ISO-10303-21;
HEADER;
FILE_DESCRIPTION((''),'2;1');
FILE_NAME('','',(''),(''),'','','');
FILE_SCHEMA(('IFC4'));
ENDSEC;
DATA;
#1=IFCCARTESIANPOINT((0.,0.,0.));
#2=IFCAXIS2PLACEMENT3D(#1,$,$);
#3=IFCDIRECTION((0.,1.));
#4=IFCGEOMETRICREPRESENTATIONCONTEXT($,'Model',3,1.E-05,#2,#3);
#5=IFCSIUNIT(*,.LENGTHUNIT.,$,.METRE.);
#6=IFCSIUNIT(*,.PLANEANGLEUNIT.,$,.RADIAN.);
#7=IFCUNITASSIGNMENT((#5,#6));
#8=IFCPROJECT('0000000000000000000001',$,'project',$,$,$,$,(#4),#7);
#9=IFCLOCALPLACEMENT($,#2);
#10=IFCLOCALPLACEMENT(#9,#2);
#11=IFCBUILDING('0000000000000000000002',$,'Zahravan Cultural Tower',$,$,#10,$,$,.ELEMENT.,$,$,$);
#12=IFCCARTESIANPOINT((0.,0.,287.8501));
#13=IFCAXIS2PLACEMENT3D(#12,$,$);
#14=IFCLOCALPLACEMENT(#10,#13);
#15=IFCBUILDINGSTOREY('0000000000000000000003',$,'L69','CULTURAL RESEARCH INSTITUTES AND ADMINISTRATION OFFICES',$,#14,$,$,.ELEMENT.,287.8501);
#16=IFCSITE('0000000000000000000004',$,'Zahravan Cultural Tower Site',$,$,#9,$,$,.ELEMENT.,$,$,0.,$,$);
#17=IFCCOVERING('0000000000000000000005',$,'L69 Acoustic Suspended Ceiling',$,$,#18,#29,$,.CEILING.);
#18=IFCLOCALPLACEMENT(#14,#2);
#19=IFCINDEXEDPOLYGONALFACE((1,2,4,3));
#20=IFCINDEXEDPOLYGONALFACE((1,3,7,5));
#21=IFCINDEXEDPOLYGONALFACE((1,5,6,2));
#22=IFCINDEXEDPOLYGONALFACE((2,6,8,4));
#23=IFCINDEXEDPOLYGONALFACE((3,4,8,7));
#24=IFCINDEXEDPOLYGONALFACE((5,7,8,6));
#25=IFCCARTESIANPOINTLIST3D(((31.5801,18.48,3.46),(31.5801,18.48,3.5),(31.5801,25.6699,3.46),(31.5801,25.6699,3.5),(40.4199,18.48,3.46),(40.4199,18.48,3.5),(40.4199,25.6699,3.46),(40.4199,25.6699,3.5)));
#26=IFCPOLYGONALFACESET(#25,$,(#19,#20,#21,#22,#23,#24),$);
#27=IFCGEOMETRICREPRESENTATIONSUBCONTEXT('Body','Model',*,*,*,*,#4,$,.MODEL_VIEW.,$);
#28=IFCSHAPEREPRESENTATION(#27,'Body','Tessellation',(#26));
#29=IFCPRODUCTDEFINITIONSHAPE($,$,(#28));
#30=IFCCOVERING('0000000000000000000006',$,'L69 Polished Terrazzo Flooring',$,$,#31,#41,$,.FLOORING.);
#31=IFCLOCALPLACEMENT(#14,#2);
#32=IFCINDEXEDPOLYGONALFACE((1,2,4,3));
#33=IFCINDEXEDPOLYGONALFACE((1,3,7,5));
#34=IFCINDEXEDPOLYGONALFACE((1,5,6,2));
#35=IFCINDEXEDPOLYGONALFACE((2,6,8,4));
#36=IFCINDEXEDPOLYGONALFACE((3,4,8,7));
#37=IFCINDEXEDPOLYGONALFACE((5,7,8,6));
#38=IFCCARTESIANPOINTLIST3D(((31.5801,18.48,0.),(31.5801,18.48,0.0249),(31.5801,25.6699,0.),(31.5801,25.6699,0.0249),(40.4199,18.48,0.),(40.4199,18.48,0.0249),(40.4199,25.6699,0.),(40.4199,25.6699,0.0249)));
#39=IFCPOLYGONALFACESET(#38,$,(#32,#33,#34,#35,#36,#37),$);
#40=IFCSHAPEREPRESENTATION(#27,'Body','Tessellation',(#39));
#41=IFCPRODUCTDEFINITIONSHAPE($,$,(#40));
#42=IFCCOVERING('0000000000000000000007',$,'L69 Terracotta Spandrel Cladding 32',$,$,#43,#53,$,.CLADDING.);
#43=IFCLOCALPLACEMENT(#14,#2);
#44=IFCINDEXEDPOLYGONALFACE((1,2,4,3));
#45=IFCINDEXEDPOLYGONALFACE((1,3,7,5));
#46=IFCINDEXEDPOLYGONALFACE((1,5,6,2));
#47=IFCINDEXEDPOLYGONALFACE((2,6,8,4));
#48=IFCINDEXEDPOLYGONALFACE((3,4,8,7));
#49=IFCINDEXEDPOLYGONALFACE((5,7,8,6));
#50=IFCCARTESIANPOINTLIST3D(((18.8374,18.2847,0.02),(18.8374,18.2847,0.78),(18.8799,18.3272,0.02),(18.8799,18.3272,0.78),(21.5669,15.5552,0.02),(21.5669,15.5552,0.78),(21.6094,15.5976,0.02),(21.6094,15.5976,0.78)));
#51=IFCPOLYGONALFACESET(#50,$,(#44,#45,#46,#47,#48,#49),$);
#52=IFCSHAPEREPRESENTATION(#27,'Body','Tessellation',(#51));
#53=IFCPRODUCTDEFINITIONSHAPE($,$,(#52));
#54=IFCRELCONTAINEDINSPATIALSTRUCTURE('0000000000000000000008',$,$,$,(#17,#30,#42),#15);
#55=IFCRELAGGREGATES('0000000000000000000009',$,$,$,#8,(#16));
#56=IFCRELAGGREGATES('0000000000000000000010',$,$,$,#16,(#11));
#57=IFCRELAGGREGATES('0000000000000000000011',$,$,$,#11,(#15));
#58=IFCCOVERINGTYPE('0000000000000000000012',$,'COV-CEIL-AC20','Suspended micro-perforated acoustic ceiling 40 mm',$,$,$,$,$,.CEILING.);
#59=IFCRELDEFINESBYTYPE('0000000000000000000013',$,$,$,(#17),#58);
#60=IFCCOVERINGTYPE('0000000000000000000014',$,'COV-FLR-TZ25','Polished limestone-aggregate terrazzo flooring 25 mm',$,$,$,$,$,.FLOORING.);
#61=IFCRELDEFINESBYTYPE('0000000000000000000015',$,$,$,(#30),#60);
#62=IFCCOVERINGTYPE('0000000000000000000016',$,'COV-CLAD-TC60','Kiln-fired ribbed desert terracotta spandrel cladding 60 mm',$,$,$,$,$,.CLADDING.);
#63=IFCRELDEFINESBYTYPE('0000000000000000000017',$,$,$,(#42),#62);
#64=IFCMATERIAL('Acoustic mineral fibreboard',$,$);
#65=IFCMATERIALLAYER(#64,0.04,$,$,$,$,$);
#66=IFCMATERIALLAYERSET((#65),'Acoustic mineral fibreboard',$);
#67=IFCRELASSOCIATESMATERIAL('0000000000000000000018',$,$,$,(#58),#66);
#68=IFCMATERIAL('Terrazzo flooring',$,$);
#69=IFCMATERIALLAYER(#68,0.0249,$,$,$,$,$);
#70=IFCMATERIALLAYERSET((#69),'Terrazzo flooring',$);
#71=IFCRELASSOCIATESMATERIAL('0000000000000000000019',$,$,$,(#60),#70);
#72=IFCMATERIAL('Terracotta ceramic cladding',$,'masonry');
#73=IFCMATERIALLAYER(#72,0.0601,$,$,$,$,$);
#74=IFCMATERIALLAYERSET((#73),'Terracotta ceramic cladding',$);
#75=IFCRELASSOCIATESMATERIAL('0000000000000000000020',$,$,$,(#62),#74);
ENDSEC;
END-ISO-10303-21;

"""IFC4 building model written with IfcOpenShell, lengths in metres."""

from ifc_helpers import new_model, si_unit, direction, frame, origin, origin_2d, place, context, subcontext, project, spatial, polyline, rectangle, outline, extrude, source, transform, mapped, material, layer, layer_set, type_object, element, save


model = new_model("IFC4")

# Units and contexts
model_context = context("Model", 3, precision=1e-05, world=origin(), true_north=direction((0.0, 1.0)))
body_context = subcontext(model_context, "Body", "Model", "MODEL_VIEW")
ifc_project = project(units=[si_unit("LENGTHUNIT", "METRE"), si_unit("PLANEANGLEUNIT", "RADIAN")], contexts=[model_context])

# Site, building, storey
site_placement = place(None, origin())
site = spatial("IfcSite", under=ifc_project, at=site_placement, Name="Zahravan Cultural Tower Site", CompositionType="ELEMENT", RefElevation=0.0)
building_placement = place(site_placement, origin())
building = spatial("IfcBuilding", under=site, at=building_placement, Name="Zahravan Cultural Tower", CompositionType="ELEMENT")
storey_placement = place(building_placement, frame((0.0, 0.0, 287.8501)))
storey = spatial("IfcBuildingStorey", under=building, at=storey_placement, Name="L69", Description="CULTURAL RESEARCH INSTITUTES AND ADMINISTRATION OFFICES", CompositionType="ELEMENT", Elevation=287.8501)

# Coverings
ifc_material_1 = material(Name="Acoustic mineral fibreboard")
ifc_layer_1 = layer(ifc_material_1, 0.04)
ifc_layer_set_1 = layer_set([ifc_layer_1], Name="Acoustic mineral fibreboard")
covering_type_1 = type_object("IfcCoveringType", Name="COV-CEIL-AC20", Description="Suspended micro-perforated acoustic ceiling 40 mm", PredefinedType="CEILING", material=ifc_layer_set_1)
covering_1_placement = place(storey_placement, frame((0.0, 0.0, 3.46)))
element("IfcCovering", 1, at=covering_1_placement, inside=storey, type_object=covering_type_1, Name="L69 Acoustic Suspended Ceiling", PredefinedType="CEILING", context=body_context, shape_type="SweptSolid", body=[
    extrude(outline(polyline([(40.4199, 25.6699), (31.5801, 25.6699), (31.5801, 18.48), (40.4199, 18.48), (40.4199, 25.6699)])), origin(), (0.0, 0.0, 1.0), 0.04),
])
ifc_material_2 = material(Name="Terrazzo flooring")
ifc_layer_2 = layer(ifc_material_2, 0.0249)
ifc_layer_set_2 = layer_set([ifc_layer_2], Name="Terrazzo flooring")
covering_type_2 = type_object("IfcCoveringType", Name="COV-FLR-TZ25", Description="Polished limestone-aggregate terrazzo flooring 25 mm", PredefinedType="FLOORING", material=ifc_layer_set_2)
covering_2_placement = place(storey_placement, origin())
element("IfcCovering", 2, at=covering_2_placement, inside=storey, type_object=covering_type_2, Name="L69 Polished Terrazzo Flooring", PredefinedType="FLOORING", context=body_context, shape_type="SweptSolid", body=[
    extrude(outline(polyline([(40.4199, 25.6699), (31.5801, 25.6699), (31.5801, 18.48), (40.4199, 18.48), (40.4199, 25.6699)])), origin(), (0.0, 0.0, 1.0), 0.0249),
])
ifc_material_3 = material(Name="Terracotta ceramic cladding", Category="masonry")
ifc_layer_3 = layer(ifc_material_3, 0.0601)
ifc_layer_set_3 = layer_set([ifc_layer_3], Name="Terracotta ceramic cladding")
covering_type_3 = type_object("IfcCoveringType", Name="COV-CLAD-TC60", Description="Kiln-fired ribbed desert terracotta spandrel cladding 60 mm", PredefinedType="CLADDING", material=ifc_layer_set_3)
shared_shape_1 = source(origin(), body_context, "Body", "SweptSolid", [
    extrude(rectangle(XDim=3.8601, YDim=0.0601, at=origin_2d()), origin(), (0.0, 0.0, 1.0), 0.76),
])
covering_3_placement = place(storey_placement, frame((20.2234, 16.9412, 0.02), z_axis=(0.0, 0.0, 1.0), x_axis=(-0.707107, 0.707107, 0.0)))
element("IfcCovering", 3, at=covering_3_placement, inside=storey, type_object=covering_type_3, Name="L69 Terracotta Spandrel Cladding 32", PredefinedType="CLADDING", context=body_context, shape_type="MappedRepresentation", body=[
    mapped(shared_shape_1, transform((0.0, 0.0, 0.0), x_axis=(1.0, 0.0, 0.0), y_axis=(0.0, 1.0, 0.0), z_axis=(0.0, 0.0, 1.0), scale=1.0)),
])

save(model, "model.ifc")
